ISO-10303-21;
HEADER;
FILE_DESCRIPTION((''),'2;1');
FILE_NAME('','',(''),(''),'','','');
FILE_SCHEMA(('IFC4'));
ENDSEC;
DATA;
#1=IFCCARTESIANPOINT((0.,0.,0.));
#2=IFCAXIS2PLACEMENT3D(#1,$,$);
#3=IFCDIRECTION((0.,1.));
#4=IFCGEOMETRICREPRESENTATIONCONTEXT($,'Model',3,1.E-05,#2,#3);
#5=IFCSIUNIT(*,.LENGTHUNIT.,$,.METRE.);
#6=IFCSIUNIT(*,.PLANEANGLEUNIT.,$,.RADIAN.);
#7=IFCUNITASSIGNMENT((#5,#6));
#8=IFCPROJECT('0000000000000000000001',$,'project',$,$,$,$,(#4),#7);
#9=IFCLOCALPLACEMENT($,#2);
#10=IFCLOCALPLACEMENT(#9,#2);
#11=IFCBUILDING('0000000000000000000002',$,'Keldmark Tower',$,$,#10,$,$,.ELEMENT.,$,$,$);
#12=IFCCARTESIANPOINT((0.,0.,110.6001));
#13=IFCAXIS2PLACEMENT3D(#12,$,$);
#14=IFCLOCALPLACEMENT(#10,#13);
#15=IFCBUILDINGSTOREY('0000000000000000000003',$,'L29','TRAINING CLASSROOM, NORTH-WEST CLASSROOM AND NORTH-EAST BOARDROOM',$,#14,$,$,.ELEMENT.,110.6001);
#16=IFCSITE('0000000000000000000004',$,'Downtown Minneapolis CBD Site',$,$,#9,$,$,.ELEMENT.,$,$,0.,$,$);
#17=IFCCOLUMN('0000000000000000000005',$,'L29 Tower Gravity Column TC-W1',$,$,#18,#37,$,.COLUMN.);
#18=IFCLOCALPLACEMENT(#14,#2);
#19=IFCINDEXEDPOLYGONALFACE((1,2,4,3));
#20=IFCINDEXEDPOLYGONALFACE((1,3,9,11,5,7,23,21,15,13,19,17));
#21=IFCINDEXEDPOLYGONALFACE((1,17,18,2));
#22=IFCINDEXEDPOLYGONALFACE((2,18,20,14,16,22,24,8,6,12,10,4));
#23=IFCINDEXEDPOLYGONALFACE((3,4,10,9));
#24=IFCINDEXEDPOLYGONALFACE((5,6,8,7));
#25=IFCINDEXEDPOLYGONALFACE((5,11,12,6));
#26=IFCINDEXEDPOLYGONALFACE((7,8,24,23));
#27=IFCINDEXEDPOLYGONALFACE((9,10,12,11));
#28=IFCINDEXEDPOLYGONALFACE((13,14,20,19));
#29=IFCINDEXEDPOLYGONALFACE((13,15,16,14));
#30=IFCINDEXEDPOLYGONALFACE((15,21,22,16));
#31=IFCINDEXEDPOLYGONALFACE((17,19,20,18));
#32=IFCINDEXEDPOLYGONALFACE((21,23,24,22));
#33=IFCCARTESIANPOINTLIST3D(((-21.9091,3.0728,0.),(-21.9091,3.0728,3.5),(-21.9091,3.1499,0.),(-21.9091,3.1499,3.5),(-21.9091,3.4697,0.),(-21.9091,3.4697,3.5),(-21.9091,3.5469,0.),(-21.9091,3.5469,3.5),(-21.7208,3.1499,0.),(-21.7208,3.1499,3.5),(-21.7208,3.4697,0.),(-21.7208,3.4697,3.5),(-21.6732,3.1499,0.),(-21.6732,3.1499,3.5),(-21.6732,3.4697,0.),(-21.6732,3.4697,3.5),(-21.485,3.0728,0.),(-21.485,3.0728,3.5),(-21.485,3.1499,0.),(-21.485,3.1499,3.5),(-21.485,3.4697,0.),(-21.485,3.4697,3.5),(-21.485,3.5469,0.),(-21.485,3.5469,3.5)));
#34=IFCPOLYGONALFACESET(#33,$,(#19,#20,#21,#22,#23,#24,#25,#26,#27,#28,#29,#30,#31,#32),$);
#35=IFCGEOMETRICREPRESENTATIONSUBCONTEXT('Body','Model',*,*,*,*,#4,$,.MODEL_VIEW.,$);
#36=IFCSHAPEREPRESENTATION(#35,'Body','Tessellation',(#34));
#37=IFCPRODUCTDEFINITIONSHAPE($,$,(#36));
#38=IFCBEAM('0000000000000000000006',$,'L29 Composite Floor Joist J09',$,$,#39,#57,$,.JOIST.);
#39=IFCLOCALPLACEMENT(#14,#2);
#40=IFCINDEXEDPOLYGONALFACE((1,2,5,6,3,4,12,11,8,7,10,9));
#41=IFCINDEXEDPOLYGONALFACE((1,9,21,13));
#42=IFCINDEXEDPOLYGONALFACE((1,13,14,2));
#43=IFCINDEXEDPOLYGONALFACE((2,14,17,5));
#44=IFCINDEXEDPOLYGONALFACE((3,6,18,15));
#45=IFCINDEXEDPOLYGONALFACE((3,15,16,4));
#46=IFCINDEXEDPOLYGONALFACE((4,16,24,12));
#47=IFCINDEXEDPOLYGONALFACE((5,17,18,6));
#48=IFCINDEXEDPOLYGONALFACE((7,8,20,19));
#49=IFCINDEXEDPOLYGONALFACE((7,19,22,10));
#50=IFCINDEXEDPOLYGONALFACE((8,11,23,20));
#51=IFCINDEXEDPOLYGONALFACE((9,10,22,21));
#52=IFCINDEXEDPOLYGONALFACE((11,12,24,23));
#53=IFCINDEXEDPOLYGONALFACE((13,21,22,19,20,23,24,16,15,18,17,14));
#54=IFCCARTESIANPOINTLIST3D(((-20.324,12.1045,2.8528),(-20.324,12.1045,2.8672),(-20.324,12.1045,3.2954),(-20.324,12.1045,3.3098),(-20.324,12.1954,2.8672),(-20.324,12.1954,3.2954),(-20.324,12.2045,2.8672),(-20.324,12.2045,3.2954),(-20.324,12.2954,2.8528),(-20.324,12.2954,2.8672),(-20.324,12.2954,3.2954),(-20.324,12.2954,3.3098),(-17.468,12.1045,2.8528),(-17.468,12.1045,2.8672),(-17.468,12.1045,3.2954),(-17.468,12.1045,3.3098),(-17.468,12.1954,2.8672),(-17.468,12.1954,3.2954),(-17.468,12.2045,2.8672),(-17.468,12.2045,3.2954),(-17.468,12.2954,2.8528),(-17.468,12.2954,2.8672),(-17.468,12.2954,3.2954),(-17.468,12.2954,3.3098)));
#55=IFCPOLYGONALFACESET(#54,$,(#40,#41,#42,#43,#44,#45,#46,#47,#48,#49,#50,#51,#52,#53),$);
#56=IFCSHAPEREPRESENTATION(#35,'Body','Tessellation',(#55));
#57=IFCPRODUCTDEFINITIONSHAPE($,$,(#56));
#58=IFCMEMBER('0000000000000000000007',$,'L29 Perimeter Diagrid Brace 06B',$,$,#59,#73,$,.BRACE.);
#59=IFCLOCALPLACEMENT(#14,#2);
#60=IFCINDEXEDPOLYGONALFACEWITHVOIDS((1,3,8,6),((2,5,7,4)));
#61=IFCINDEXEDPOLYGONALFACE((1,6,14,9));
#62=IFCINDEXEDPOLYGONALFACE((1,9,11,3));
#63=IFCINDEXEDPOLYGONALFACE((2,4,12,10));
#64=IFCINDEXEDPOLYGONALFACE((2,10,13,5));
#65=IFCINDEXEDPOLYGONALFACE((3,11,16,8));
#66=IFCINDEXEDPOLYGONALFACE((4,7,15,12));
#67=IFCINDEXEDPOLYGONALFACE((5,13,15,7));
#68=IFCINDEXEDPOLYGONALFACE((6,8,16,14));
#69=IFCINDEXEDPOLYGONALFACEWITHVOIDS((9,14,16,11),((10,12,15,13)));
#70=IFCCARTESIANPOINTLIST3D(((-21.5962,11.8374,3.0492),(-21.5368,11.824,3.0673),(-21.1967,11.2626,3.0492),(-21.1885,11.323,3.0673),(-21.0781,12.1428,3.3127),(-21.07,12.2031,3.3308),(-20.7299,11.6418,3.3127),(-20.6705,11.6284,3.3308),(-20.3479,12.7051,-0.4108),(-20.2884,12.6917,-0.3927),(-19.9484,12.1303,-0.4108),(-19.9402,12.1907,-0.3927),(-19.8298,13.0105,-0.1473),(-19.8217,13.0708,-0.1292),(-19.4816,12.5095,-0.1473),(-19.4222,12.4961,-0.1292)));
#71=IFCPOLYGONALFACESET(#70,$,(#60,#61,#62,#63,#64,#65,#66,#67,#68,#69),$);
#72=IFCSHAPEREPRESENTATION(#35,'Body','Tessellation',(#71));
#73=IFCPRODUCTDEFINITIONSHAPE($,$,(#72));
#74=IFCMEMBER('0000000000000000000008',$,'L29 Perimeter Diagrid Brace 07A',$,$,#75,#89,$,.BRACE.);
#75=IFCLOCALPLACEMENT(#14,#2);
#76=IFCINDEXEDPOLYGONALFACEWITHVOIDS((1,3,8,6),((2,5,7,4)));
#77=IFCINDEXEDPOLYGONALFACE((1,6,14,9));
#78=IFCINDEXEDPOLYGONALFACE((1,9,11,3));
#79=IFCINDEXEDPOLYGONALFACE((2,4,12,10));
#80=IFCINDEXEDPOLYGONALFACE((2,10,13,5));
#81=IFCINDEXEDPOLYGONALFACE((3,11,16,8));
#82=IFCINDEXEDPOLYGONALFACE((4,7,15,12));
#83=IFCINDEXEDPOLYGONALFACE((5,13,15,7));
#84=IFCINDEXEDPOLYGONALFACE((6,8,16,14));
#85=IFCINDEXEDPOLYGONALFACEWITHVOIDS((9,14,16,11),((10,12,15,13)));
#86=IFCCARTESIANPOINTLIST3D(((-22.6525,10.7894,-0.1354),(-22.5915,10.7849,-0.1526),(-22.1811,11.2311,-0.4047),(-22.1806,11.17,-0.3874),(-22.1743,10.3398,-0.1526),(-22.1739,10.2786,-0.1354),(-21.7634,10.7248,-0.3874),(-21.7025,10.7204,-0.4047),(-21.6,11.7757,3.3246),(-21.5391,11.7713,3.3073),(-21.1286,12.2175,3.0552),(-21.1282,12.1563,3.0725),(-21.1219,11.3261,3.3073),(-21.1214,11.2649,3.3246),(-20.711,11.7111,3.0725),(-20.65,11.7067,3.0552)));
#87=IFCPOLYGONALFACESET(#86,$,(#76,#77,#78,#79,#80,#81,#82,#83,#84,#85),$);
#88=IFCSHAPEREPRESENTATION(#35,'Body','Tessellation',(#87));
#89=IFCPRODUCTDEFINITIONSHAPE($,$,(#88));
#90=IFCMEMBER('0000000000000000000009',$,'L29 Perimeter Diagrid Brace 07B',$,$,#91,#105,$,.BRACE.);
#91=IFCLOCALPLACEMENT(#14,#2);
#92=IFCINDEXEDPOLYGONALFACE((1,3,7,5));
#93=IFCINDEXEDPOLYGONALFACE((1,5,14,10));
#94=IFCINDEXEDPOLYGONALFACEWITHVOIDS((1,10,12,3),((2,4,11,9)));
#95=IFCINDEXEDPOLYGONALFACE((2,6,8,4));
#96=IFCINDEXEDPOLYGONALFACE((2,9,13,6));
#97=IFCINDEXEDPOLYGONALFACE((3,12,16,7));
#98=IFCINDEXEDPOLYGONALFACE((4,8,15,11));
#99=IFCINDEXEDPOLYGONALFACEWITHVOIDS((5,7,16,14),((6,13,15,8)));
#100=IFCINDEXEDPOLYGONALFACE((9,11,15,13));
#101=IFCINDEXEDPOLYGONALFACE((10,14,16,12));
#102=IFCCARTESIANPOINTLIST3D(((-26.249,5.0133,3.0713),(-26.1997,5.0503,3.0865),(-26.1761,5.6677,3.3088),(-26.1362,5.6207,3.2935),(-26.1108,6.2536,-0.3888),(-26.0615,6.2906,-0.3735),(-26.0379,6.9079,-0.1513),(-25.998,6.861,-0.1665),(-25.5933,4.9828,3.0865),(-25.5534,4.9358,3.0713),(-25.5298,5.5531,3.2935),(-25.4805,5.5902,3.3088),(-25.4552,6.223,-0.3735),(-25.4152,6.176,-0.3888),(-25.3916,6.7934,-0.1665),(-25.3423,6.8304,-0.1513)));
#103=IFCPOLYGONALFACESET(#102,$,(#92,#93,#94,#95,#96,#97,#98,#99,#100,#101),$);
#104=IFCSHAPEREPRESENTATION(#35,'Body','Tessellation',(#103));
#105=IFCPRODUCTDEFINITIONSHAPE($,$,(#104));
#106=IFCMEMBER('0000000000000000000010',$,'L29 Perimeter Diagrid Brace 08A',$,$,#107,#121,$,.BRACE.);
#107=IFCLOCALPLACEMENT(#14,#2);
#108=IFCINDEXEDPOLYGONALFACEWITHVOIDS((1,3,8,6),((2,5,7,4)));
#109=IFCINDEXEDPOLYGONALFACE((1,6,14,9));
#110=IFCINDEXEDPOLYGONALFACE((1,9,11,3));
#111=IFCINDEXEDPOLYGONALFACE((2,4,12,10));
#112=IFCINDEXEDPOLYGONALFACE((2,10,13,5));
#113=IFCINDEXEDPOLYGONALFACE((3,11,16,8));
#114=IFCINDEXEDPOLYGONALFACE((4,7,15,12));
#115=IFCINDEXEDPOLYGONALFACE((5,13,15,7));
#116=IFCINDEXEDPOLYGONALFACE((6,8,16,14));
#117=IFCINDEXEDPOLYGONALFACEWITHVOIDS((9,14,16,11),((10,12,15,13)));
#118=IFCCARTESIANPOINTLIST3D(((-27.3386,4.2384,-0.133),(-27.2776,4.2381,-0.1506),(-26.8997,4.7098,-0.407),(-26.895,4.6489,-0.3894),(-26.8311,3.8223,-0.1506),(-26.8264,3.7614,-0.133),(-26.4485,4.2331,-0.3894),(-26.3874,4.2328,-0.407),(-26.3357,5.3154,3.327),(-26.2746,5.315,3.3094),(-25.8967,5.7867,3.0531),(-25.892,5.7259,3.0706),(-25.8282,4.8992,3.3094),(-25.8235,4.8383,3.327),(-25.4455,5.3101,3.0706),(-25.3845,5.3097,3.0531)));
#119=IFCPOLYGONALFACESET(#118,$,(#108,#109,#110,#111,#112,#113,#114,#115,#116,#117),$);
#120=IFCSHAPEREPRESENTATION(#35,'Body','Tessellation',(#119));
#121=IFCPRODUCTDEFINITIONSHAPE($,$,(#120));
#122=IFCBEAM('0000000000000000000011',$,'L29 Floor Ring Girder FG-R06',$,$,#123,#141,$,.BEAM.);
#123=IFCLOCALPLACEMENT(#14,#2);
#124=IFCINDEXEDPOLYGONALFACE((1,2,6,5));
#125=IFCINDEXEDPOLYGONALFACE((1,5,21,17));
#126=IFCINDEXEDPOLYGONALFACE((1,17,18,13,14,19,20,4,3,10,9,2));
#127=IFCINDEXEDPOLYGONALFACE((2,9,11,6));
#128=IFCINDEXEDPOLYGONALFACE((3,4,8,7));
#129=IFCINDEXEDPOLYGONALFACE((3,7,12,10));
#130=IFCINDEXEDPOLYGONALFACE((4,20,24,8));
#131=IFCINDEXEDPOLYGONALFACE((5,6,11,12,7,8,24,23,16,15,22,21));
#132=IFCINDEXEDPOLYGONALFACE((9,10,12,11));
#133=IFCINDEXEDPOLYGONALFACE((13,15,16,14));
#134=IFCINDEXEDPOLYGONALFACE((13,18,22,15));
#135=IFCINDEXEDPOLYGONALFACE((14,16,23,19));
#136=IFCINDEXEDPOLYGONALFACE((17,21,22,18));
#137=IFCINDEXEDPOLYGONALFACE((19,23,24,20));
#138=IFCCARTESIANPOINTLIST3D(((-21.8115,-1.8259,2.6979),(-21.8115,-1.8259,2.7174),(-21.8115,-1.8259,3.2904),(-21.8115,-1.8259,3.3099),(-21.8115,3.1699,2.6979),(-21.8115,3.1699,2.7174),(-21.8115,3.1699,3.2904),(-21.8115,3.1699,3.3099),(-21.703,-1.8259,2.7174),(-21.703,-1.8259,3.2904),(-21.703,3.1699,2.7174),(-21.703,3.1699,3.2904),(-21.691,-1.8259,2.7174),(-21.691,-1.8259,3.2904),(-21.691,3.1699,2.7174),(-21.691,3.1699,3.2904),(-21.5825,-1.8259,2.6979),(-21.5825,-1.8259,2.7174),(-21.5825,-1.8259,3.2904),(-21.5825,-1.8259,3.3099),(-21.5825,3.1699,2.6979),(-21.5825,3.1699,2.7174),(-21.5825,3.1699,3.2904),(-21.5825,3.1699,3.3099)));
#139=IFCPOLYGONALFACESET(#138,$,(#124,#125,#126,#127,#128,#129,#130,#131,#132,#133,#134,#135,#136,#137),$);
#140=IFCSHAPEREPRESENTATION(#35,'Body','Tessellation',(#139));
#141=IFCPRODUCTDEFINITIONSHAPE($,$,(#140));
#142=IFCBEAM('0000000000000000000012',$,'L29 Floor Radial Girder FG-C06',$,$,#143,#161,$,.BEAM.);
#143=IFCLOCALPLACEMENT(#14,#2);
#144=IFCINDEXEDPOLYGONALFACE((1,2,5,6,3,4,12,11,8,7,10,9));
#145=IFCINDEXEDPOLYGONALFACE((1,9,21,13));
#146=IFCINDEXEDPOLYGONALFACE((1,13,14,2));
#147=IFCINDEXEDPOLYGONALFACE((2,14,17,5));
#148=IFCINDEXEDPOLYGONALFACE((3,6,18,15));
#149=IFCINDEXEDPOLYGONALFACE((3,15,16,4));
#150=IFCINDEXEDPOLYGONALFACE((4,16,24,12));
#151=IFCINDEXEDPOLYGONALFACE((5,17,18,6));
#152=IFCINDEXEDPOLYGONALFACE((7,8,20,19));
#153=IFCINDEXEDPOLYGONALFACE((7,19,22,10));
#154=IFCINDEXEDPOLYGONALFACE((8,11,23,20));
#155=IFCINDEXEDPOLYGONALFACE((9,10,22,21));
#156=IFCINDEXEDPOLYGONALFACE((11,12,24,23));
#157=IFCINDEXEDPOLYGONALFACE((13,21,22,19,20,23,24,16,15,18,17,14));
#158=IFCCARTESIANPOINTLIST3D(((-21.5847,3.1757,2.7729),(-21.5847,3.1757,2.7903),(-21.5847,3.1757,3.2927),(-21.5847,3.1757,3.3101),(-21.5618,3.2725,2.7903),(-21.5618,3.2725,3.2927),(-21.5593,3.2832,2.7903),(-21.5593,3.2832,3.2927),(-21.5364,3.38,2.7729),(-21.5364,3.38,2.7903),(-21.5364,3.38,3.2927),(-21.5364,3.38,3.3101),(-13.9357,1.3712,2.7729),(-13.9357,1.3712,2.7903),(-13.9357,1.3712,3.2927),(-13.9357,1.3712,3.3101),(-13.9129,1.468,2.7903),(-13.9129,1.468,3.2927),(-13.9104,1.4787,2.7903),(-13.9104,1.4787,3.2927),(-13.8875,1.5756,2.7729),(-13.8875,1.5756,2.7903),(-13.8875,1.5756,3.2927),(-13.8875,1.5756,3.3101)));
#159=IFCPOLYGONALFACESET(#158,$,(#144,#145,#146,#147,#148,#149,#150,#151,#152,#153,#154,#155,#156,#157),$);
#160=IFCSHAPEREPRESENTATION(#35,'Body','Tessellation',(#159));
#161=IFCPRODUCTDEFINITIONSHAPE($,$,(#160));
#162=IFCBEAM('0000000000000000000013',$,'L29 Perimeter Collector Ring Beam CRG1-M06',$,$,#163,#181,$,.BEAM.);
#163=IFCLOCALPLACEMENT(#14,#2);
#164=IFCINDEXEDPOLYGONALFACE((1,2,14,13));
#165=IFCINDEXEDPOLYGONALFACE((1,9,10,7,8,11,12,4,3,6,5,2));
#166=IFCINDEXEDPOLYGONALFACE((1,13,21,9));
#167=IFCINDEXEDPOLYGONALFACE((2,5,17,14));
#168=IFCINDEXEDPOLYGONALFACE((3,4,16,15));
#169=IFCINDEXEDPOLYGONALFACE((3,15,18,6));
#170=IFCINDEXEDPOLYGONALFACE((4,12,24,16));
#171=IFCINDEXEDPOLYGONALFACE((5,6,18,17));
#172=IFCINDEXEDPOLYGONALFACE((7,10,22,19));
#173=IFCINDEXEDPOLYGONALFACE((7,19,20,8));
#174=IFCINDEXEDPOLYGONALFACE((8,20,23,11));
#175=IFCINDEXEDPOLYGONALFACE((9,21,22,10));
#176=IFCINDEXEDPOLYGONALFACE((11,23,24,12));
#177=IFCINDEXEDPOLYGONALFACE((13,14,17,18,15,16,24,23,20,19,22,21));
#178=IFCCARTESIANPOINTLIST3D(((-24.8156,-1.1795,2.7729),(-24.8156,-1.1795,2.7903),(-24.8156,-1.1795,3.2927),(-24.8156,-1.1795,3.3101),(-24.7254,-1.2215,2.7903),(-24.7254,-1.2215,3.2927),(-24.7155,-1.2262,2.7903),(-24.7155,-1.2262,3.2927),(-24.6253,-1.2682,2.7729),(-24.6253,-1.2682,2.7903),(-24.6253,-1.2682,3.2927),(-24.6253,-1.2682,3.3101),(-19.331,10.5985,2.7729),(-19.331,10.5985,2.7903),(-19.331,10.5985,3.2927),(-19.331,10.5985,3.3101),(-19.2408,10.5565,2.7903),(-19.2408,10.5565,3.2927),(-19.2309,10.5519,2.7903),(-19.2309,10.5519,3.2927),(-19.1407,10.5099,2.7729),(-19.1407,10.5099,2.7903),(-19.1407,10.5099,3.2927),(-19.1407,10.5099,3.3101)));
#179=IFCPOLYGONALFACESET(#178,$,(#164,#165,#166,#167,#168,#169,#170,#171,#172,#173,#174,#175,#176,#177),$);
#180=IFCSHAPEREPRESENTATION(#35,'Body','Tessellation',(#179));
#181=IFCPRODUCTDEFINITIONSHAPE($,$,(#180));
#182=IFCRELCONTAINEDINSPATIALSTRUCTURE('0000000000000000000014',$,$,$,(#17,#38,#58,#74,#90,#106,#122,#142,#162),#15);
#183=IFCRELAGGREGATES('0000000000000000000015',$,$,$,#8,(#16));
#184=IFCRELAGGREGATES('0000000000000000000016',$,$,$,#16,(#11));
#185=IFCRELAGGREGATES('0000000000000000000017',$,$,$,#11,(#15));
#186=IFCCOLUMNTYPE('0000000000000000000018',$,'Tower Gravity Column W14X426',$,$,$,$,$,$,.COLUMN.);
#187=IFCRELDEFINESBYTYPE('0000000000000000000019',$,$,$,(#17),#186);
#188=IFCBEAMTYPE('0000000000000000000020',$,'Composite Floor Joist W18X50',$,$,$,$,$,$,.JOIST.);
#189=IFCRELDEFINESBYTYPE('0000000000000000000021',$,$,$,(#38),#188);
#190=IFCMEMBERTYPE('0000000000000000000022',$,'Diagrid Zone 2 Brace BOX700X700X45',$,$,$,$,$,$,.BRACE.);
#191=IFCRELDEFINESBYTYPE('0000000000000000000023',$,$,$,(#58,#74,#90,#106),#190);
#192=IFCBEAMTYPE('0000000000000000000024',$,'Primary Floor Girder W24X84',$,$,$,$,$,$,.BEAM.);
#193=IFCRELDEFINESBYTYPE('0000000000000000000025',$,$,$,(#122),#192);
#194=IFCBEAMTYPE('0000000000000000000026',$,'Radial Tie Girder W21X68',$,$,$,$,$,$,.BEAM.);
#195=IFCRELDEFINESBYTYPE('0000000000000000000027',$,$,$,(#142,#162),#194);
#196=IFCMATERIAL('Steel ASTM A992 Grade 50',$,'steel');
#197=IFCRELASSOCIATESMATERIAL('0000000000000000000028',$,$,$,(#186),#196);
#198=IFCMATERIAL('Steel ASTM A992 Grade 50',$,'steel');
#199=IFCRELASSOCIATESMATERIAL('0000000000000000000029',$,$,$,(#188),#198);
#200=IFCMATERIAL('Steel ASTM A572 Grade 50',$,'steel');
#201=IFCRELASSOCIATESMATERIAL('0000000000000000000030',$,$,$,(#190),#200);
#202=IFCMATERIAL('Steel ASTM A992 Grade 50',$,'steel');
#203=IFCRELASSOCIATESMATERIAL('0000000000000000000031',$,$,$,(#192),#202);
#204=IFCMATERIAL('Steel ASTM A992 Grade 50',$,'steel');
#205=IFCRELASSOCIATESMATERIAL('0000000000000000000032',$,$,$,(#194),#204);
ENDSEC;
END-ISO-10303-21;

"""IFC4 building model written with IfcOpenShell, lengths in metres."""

from ifc_helpers import new_model, si_unit, direction, frame, origin, origin_2d, place, context, subcontext, project, spatial, hollow_rectangle, i_section, extrude, material, material_profile, profile_set, type_object, element, save


model = new_model("IFC4")

# Units and contexts
model_context = context("Model", 3, precision=1e-05, world=origin(), true_north=direction((0.0, 1.0)))
body_context = subcontext(model_context, "Body", "Model", "MODEL_VIEW")
ifc_project = project(units=[si_unit("LENGTHUNIT", "METRE"), si_unit("PLANEANGLEUNIT", "RADIAN")], contexts=[model_context])

# Site, building, storey
site_placement = place(None, origin())
site = spatial("IfcSite", under=ifc_project, at=site_placement, Name="Downtown Minneapolis CBD Site", CompositionType="ELEMENT", RefElevation=0.0)
building_placement = place(site_placement, origin())
building = spatial("IfcBuilding", under=site, at=building_placement, Name="Keldmark Tower", CompositionType="ELEMENT")
storey_placement = place(building_placement, frame((0.0, 0.0, 110.6001)))
storey = spatial("IfcBuildingStorey", under=building, at=storey_placement, Name="L29", Description="TRAINING CLASSROOM, NORTH-WEST CLASSROOM AND NORTH-EAST BOARDROOM", CompositionType="ELEMENT", Elevation=110.6001)

# Column
ifc_material_1 = material(Name="Steel ASTM A992 Grade 50", Category="steel")
ifc_material_profile_1 = material_profile(ifc_material_1, i_section(OverallWidth=0.4241, OverallDepth=0.4741, WebThickness=0.0476, FlangeThickness=0.0771, at=origin_2d()), Name="W14X426")
ifc_profile_set_1 = profile_set([ifc_material_profile_1], Name="Steel ASTM A992 Grade 50")
column_type = type_object("IfcColumnType", Name="Tower Gravity Column W14X426", PredefinedType="COLUMN", material=ifc_profile_set_1)
column_placement = place(storey_placement, frame((-21.697, 3.3098, 0.0), z_axis=(0.0, 0.0, 1.0), x_axis=(1.0, 0.0, 0.0)))
element("IfcColumn", 1, at=column_placement, inside=storey, type_object=column_type, Name="L29 Tower Gravity Column TC-W1", PredefinedType="COLUMN", context=body_context, shape_type="SweptSolid", body=[
    extrude(i_section(OverallWidth=0.4241, OverallDepth=0.4741, WebThickness=0.0476, FlangeThickness=0.0771, at=origin_2d()), origin(), (0.0, 0.0, 1.0), 3.5),
])

# Beam
ifc_material_2 = material(Name="Steel ASTM A992 Grade 50", Category="steel")
ifc_material_profile_2 = material_profile(ifc_material_2, i_section(OverallWidth=0.1909, OverallDepth=0.457, WebThickness=0.009, FlangeThickness=0.0144, at=origin_2d()), Name="W18X50")
ifc_profile_set_2 = profile_set([ifc_material_profile_2], Name="Steel ASTM A992 Grade 50")
beam_type_1 = type_object("IfcBeamType", Name="Composite Floor Joist W18X50", PredefinedType="JOIST", material=ifc_profile_set_2)
beam_1_placement = place(storey_placement, frame((-20.324, 12.2, 3.0813), z_axis=(1.0, 0.0, 0.0), x_axis=(0.0, 1.0, 0.0)))
element("IfcBeam", 2, at=beam_1_placement, inside=storey, type_object=beam_type_1, Name="L29 Composite Floor Joist J09", PredefinedType="JOIST", context=body_context, shape_type="SweptSolid", body=[
    extrude(i_section(OverallWidth=0.1909, OverallDepth=0.457, WebThickness=0.009, FlangeThickness=0.0144, at=origin_2d()), origin(), (0.0, 0.0, 1.0), 2.856),
])

# Members
ifc_material_3 = material(Name="Steel ASTM A572 Grade 50", Category="steel")
ifc_material_profile_3 = material_profile(ifc_material_3, hollow_rectangle(XDim=0.7, YDim=0.7, WallThickness=0.0449, at=origin_2d()), Name="BOX700X700X45")
ifc_profile_set_3 = profile_set([ifc_material_profile_3], Name="Steel ASTM A572 Grade 50")
member_type = type_object("IfcMemberType", Name="Diagrid Zone 2 Brace BOX700X700X45", PredefinedType="BRACE", material=ifc_profile_set_3)
member_1_placement = place(storey_placement, frame((-19.885, 12.6006, -0.27), z_axis=(-0.330305, -0.229592, 0.915525), x_axis=(0.570754, -0.821121, 0.0)))
element("IfcMember", 3, at=member_1_placement, inside=storey, type_object=member_type, Name="L29 Perimeter Diagrid Brace 06B", PredefinedType="BRACE", context=body_context, shape_type="SweptSolid", body=[
    extrude(hollow_rectangle(XDim=0.7, YDim=0.7, WallThickness=0.0449, at=origin_2d()), origin(), (0.0, 0.0, 1.0), 3.7793),
])
member_2_placement = place(storey_placement, frame((-22.1775, 10.7549, -0.27), z_axis=(0.28077, 0.26312, 0.923004), x_axis=(-0.6838, 0.729669, 0.0)))
element("IfcMember", 4, at=member_2_placement, inside=storey, type_object=member_type, Name="L29 Perimeter Diagrid Brace 07A", PredefinedType="BRACE", context=body_context, shape_type="SweptSolid", body=[
    extrude(hollow_rectangle(XDim=0.7, YDim=0.7, WallThickness=0.0449, at=origin_2d()), origin(), (0.0, 0.0, 1.0), 3.7485),
])
member_3_placement = place(storey_placement, frame((-25.7266, 6.542, -0.27), z_axis=(-0.037569, -0.337192, 0.940686), x_axis=(0.99385, -0.110732, 0.0)))
element("IfcMember", 5, at=member_3_placement, inside=storey, type_object=member_type, Name="L29 Perimeter Diagrid Brace 07B", PredefinedType="BRACE", context=body_context, shape_type="SweptSolid", body=[
    extrude(hollow_rectangle(XDim=0.7, YDim=0.7, WallThickness=0.0449, at=origin_2d()), origin(), (0.0, 0.0, 1.0), 3.6782),
])
member_4_placement = place(storey_placement, frame((-26.863, 4.2356, -0.27), z_axis=(0.266743, 0.286418, 0.920224), x_axis=(-0.731794, 0.681526, 0.0)))
element("IfcMember", 6, at=member_4_placement, inside=storey, type_object=member_type, Name="L29 Perimeter Diagrid Brace 08A", PredefinedType="BRACE", context=body_context, shape_type="SweptSolid", body=[
    extrude(hollow_rectangle(XDim=0.7, YDim=0.7, WallThickness=0.0449, at=origin_2d()), origin(), (0.0, 0.0, 1.0), 3.76),
])

# Beams
ifc_material_4 = material(Name="Steel ASTM A992 Grade 50", Category="steel")
ifc_material_profile_4 = material_profile(ifc_material_4, i_section(OverallWidth=0.229, OverallDepth=0.6121, WebThickness=0.012, FlangeThickness=0.0195, at=origin_2d()), Name="W24X84")
ifc_profile_set_4 = profile_set([ifc_material_profile_4], Name="Steel ASTM A992 Grade 50")
beam_type_2 = type_object("IfcBeamType", Name="Primary Floor Girder W24X84", PredefinedType="BEAM", material=ifc_profile_set_4)
beam_2_placement = place(storey_placement, frame((-21.697, 3.1699, 3.0039), z_axis=(0.0, -1.0, 0.0), x_axis=(1.0, 0.0, 0.0)))
element("IfcBeam", 7, at=beam_2_placement, inside=storey, type_object=beam_type_2, Name="L29 Floor Ring Girder FG-R06", PredefinedType="BEAM", context=body_context, shape_type="SweptSolid", body=[
    extrude(i_section(OverallWidth=0.229, OverallDepth=0.6121, WebThickness=0.012, FlangeThickness=0.0195, at=origin_2d()), origin(), (0.0, 0.0, 1.0), 4.9958),
])
ifc_material_5 = material(Name="Steel ASTM A992 Grade 50", Category="steel")
ifc_material_profile_5 = material_profile(ifc_material_5, i_section(OverallWidth=0.21, OverallDepth=0.5371, WebThickness=0.011, FlangeThickness=0.0173, at=origin_2d()), Name="W21X68")
ifc_profile_set_5 = profile_set([ifc_material_profile_5], Name="Steel ASTM A992 Grade 50")
beam_type_3 = type_object("IfcBeamType", Name="Radial Tie Girder W21X68", PredefinedType="BEAM", material=ifc_profile_set_5)
beam_3_placement = place(storey_placement, frame((-21.5605, 3.2778, 3.0415), z_axis=(0.973284, -0.229606, 0.0), x_axis=(0.229606, 0.973284, 0.0)))
element("IfcBeam", 8, at=beam_3_placement, inside=storey, type_object=beam_type_3, Name="L29 Floor Radial Girder FG-C06", PredefinedType="BEAM", context=body_context, shape_type="SweptSolid", body=[
    extrude(i_section(OverallWidth=0.21, OverallDepth=0.5371, WebThickness=0.011, FlangeThickness=0.0173, at=origin_2d()), origin(), (0.0, 0.0, 1.0), 7.8589),
])
beam_4_placement = place(storey_placement, frame((-19.2358, 10.5542, 3.0415), z_axis=(-0.422138, -0.906531, 0.0), x_axis=(0.906531, -0.422138, 0.0)))
element("IfcBeam", 9, at=beam_4_placement, inside=storey, type_object=beam_type_3, Name="L29 Perimeter Collector Ring Beam CRG1-M06", PredefinedType="BEAM", context=body_context, shape_type="SweptSolid", body=[
    extrude(i_section(OverallWidth=0.21, OverallDepth=0.5371, WebThickness=0.011, FlangeThickness=0.0173, at=origin_2d()), origin(), (0.0, 0.0, 1.0), 12.9924),
])

save(model, "model.ifc")
